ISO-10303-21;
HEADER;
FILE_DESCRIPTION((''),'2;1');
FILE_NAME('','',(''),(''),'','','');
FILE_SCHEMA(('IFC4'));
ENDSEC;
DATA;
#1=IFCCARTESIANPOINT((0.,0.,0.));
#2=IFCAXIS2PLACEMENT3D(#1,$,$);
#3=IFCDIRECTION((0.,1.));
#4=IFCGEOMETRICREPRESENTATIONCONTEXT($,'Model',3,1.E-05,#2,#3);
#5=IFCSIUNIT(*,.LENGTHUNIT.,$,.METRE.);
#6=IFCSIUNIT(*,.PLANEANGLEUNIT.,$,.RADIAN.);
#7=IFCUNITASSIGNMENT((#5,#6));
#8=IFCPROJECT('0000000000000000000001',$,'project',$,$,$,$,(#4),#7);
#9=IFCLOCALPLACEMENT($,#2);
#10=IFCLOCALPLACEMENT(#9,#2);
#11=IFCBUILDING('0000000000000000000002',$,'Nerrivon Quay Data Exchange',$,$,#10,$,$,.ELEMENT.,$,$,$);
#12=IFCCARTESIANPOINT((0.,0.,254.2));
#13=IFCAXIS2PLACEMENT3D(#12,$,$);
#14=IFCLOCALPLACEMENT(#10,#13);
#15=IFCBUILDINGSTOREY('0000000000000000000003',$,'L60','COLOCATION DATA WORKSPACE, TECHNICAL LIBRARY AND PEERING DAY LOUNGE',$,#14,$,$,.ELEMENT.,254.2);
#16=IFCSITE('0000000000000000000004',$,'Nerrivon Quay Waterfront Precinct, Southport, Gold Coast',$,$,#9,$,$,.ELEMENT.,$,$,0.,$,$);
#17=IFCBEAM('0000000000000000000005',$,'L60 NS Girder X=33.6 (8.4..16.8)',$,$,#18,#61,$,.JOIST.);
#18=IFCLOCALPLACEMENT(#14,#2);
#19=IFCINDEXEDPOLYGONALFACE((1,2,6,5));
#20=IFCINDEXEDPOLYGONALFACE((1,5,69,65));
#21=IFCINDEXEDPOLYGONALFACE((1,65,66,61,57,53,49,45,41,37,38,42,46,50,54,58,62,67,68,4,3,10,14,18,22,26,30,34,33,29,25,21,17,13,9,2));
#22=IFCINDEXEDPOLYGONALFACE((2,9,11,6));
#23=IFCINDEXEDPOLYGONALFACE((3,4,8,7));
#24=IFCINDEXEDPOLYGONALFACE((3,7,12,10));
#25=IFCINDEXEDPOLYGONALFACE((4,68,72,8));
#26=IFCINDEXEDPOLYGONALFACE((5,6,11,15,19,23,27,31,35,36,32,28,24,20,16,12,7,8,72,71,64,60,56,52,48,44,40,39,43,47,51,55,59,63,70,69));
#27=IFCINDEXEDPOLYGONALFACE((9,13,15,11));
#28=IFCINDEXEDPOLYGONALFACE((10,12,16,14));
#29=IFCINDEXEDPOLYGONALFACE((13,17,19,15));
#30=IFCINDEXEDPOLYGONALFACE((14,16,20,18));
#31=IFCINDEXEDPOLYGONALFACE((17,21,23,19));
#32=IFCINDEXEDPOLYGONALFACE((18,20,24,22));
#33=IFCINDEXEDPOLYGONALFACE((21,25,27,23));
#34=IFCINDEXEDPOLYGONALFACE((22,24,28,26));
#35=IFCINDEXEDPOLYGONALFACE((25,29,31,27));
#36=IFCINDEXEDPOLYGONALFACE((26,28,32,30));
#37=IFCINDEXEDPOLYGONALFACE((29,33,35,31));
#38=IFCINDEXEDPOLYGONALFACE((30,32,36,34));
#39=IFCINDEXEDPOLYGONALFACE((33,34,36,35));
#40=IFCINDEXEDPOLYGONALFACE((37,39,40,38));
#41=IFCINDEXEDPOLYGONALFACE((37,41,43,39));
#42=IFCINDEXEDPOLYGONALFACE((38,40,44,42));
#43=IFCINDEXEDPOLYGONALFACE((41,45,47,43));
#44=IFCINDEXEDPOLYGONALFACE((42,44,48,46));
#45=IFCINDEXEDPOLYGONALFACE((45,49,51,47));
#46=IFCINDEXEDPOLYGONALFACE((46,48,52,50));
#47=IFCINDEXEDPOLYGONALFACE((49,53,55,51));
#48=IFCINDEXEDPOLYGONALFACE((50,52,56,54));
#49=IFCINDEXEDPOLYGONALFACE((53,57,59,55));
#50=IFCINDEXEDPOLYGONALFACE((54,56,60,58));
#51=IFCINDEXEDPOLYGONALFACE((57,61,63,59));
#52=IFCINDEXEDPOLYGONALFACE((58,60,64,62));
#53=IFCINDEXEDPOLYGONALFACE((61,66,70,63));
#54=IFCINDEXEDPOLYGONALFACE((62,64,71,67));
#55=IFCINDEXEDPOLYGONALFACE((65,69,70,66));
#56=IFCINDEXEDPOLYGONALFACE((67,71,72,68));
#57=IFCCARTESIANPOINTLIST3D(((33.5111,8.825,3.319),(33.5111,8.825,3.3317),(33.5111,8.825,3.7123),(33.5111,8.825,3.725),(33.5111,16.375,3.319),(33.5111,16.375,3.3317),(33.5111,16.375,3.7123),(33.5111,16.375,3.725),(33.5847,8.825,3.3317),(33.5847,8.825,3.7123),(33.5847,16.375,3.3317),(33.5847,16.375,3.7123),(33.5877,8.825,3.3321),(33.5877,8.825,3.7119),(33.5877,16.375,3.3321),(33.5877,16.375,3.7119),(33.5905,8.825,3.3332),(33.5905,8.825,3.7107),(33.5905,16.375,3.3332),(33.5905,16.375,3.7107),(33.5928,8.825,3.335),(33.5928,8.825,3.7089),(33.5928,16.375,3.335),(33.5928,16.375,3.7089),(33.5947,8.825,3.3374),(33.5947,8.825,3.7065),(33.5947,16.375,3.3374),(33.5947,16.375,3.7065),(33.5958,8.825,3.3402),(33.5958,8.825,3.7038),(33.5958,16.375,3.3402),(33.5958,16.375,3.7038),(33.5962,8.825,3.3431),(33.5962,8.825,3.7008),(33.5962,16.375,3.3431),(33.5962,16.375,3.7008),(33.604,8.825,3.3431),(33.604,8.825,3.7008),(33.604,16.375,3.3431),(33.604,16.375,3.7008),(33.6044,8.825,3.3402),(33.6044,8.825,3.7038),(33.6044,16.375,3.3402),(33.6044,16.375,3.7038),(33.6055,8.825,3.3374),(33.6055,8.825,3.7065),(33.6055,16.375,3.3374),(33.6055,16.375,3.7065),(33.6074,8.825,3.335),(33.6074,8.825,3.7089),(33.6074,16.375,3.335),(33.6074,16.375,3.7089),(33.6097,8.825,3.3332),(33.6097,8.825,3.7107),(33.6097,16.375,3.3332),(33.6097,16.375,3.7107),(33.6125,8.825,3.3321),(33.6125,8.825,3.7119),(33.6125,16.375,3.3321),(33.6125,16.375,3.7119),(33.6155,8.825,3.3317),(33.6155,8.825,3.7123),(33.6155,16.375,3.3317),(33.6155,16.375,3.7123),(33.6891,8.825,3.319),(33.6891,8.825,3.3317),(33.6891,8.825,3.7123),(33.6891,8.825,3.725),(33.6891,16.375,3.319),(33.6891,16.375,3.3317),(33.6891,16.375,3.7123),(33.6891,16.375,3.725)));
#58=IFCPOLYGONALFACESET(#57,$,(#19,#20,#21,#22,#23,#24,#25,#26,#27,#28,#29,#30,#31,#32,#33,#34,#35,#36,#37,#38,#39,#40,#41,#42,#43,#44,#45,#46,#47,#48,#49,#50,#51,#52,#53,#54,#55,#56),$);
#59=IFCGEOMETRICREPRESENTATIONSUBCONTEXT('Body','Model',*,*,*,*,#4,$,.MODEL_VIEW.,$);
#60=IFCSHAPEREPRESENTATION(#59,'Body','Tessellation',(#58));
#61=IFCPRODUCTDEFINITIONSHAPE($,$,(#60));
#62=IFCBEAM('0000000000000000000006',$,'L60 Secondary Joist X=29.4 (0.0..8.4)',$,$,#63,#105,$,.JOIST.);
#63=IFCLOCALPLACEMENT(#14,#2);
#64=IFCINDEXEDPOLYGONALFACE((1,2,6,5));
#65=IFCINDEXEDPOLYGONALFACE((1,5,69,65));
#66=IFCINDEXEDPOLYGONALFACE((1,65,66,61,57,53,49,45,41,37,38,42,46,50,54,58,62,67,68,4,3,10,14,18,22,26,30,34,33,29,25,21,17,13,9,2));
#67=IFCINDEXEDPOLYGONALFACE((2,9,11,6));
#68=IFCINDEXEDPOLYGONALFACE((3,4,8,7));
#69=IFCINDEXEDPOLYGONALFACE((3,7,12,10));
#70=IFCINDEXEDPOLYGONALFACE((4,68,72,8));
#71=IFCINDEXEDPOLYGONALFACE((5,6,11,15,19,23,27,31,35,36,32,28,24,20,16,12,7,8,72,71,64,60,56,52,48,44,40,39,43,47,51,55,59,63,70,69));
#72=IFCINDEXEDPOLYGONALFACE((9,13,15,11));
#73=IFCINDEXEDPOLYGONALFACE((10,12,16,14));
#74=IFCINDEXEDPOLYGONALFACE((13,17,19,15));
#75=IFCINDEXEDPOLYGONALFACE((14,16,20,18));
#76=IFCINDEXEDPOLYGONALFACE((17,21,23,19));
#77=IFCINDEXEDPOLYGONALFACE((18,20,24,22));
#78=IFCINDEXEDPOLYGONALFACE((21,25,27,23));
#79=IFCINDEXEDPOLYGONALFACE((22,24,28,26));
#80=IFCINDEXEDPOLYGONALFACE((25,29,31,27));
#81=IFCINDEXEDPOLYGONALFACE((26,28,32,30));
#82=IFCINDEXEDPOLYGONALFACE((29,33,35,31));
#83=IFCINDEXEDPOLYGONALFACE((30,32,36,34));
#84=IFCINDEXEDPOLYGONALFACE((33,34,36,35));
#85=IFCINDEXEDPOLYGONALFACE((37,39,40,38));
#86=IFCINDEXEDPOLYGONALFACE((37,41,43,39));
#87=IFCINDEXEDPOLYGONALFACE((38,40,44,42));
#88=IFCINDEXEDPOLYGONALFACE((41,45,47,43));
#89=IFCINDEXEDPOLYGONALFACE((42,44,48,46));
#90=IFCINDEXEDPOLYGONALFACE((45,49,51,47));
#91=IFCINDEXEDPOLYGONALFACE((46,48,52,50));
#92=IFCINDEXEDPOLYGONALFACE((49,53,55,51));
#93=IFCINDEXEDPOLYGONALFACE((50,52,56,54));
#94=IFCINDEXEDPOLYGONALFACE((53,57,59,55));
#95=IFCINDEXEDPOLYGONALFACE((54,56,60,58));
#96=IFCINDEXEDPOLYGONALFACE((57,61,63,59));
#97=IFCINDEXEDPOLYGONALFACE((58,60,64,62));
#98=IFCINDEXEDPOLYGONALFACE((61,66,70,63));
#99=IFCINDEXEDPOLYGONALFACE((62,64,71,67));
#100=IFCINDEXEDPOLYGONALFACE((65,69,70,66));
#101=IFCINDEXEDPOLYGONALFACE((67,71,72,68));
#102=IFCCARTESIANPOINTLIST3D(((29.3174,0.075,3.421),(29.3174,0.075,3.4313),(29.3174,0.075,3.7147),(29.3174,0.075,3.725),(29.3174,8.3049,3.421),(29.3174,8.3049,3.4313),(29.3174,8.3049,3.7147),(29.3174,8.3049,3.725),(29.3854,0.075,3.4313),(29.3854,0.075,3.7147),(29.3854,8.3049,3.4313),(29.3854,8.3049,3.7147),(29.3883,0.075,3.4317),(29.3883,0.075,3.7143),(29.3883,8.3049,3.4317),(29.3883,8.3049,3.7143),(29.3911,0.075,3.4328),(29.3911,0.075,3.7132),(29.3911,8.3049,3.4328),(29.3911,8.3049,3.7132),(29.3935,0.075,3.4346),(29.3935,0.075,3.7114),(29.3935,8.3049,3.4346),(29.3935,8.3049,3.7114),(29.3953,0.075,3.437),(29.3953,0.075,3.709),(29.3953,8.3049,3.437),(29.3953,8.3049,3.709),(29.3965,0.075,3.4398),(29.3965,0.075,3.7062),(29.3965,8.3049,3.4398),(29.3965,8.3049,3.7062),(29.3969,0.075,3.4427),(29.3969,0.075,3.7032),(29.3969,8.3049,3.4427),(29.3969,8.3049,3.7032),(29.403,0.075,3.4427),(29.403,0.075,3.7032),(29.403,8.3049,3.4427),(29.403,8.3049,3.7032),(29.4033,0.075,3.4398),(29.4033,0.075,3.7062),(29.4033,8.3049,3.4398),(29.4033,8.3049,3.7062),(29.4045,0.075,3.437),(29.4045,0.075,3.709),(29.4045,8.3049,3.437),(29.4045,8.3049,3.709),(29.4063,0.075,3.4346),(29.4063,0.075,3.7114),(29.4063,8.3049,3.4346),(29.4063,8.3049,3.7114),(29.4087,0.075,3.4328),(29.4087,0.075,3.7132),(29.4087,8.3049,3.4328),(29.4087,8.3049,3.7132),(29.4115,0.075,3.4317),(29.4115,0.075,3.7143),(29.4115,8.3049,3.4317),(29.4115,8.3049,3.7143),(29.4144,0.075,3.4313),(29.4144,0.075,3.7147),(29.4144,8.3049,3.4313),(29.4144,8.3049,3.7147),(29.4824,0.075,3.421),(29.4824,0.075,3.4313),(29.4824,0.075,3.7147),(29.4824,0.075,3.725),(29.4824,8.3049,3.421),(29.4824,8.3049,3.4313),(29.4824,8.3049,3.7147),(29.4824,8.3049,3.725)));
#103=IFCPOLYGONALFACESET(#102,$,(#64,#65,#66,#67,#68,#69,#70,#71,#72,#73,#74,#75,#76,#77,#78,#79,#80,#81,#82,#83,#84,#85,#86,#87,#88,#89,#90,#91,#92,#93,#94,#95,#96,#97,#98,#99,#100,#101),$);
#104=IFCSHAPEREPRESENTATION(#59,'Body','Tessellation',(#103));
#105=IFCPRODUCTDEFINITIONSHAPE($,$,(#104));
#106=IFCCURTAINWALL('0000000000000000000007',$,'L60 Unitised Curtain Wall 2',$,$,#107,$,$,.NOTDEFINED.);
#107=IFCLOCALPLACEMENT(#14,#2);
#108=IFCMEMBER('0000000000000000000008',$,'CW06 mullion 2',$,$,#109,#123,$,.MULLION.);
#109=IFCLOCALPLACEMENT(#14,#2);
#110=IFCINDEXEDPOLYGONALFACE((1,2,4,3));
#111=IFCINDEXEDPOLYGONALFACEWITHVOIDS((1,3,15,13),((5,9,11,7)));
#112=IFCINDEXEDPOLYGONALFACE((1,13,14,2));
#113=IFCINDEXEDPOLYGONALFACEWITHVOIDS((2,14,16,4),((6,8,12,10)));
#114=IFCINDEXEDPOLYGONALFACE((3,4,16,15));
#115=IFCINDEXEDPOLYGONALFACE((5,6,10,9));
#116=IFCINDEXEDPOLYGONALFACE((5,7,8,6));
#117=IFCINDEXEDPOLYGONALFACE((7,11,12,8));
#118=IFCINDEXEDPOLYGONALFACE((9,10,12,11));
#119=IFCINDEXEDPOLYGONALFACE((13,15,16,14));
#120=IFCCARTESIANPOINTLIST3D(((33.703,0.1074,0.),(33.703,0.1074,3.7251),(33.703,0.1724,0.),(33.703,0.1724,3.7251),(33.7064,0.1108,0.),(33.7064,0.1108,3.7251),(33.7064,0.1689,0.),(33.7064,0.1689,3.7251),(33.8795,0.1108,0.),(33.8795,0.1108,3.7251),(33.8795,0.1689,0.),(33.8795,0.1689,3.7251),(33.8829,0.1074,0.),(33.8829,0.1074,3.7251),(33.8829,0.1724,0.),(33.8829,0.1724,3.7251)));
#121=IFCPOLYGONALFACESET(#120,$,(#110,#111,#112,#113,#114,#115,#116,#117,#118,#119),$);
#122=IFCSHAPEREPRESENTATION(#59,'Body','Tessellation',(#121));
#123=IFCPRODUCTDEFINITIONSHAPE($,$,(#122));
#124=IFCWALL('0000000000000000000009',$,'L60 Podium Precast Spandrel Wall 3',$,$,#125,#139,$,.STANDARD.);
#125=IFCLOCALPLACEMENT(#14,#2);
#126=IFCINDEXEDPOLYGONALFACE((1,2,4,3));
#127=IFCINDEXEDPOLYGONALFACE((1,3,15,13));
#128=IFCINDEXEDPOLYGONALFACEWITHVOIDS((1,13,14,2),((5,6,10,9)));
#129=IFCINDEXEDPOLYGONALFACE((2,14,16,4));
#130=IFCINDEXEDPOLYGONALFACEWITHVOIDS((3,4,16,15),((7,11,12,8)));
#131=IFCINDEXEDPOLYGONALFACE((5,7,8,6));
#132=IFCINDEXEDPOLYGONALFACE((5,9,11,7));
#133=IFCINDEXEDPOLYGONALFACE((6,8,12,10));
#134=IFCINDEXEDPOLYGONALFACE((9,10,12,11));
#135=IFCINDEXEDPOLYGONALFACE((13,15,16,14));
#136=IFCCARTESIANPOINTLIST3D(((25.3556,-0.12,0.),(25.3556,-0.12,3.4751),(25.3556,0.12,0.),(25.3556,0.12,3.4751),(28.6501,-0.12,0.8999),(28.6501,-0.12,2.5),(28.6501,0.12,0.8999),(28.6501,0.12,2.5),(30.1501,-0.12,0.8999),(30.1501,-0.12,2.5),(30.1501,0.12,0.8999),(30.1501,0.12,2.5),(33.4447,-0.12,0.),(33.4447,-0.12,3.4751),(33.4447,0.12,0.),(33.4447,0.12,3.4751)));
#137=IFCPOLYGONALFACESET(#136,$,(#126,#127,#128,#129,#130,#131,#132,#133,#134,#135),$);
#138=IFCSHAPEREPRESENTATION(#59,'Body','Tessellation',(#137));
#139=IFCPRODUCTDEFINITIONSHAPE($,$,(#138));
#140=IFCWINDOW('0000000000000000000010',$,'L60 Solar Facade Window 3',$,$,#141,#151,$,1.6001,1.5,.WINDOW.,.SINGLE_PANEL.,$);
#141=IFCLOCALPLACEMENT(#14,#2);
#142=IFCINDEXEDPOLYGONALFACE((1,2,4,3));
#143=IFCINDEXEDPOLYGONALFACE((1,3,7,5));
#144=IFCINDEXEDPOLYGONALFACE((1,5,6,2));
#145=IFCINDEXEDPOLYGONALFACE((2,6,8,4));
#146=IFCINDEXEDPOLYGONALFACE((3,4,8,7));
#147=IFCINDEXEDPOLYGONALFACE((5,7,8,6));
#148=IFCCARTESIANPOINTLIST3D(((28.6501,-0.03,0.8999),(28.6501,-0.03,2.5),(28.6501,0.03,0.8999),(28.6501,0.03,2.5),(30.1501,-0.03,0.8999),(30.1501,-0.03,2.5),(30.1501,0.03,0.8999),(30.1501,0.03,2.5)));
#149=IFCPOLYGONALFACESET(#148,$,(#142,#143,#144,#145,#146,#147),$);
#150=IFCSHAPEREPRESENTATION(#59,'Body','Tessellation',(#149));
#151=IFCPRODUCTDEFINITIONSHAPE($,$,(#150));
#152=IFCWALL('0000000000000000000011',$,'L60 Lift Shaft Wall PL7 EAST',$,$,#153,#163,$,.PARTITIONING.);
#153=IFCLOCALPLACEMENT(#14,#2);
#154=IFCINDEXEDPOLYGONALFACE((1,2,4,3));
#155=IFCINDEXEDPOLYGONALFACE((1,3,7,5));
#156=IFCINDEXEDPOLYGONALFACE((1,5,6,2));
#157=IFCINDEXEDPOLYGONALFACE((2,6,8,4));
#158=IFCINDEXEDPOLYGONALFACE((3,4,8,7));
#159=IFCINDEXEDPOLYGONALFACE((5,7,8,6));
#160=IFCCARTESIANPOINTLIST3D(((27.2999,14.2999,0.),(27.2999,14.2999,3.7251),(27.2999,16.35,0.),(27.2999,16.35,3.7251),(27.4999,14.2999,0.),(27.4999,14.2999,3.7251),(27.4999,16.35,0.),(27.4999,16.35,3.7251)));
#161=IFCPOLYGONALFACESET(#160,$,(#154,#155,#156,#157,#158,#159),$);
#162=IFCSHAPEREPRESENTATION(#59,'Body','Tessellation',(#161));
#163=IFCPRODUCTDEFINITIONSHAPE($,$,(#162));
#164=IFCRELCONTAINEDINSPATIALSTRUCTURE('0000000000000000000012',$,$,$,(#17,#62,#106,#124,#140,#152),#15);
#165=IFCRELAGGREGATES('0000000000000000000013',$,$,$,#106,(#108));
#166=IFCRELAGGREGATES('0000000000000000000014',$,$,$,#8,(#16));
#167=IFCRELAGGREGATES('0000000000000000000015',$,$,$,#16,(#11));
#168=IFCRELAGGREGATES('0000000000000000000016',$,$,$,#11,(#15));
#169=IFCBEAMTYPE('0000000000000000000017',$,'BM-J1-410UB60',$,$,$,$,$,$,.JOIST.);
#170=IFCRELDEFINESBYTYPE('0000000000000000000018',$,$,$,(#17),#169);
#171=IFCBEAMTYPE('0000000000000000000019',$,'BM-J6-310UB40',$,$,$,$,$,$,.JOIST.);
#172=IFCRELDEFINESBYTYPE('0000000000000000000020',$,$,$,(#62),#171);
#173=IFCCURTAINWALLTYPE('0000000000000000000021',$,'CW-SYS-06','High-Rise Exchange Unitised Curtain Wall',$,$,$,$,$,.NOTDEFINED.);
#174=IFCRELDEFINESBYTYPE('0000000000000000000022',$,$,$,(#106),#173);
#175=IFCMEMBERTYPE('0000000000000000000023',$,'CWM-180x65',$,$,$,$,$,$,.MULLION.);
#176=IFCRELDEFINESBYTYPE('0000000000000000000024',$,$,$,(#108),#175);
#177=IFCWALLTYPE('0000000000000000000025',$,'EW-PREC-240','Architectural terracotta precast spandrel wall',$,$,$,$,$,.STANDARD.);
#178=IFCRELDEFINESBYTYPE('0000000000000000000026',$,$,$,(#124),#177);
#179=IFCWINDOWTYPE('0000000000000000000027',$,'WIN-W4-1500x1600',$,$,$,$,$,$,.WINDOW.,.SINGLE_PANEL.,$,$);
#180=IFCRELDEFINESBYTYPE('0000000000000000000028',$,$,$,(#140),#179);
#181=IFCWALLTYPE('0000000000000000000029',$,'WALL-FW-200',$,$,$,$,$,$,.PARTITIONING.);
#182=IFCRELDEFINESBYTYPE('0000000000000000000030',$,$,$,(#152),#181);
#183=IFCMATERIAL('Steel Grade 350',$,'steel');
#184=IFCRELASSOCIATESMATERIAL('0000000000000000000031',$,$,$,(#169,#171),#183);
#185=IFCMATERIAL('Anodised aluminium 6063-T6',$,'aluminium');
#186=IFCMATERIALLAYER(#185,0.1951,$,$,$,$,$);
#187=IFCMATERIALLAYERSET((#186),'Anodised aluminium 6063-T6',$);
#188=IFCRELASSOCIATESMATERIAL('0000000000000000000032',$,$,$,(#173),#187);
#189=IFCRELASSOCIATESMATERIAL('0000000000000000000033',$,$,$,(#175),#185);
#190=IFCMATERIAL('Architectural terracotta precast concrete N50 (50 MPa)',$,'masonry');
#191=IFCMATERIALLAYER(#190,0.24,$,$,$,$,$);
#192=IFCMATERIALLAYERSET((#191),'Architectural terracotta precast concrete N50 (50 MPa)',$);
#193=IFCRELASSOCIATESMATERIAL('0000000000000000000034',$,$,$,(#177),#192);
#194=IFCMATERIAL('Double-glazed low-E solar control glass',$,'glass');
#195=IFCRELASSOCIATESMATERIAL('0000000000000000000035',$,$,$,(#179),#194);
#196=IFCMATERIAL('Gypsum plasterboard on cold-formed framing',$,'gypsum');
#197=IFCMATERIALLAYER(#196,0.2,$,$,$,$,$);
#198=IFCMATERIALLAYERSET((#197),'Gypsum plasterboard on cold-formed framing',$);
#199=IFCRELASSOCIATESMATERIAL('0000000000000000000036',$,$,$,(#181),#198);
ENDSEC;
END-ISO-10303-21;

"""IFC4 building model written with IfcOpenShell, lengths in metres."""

from ifc_helpers import new_model, si_unit, direction, frame, frame_2d, origin, origin_2d, place, context, subcontext, project, spatial, rectangle, hollow_rectangle, i_section, extrude, material, layer, layer_set, material_profile, profile_set, type_object, element, fill, aggregate, save


model = new_model("IFC4")

# Units and contexts
model_context = context("Model", 3, precision=1e-05, world=origin(), true_north=direction((0.0, 1.0)))
body_context = subcontext(model_context, "Body", "Model", "MODEL_VIEW")
ifc_project = project(units=[si_unit("LENGTHUNIT", "METRE"), si_unit("PLANEANGLEUNIT", "RADIAN")], contexts=[model_context])

# Site, building, storey
site_placement = place(None, origin())
site = spatial("IfcSite", under=ifc_project, at=site_placement, Name="Nerrivon Quay Waterfront Precinct, Southport, Gold Coast", CompositionType="ELEMENT", RefElevation=0.0)
building_placement = place(site_placement, origin())
building = spatial("IfcBuilding", under=site, at=building_placement, Name="Nerrivon Quay Data Exchange", CompositionType="ELEMENT")
storey_placement = place(building_placement, frame((0.0, 0.0, 254.2)))
storey = spatial("IfcBuildingStorey", under=building, at=storey_placement, Name="L60", Description="COLOCATION DATA WORKSPACE, TECHNICAL LIBRARY AND PEERING DAY LOUNGE", CompositionType="ELEMENT", Elevation=254.2)

# Shared definitions
ifc_material_1 = material(Name="Steel Grade 350", Category="steel")

# Beams
ifc_material_profile_1 = material_profile(ifc_material_1, i_section(OverallWidth=0.178, OverallDepth=0.406, WebThickness=0.0078, FlangeThickness=0.0127, FilletRadius=0.0115, at=origin_2d()), Name="410UB59.7")
ifc_profile_set_1 = profile_set([ifc_material_profile_1], Name="Steel Grade 350")
beam_type_1 = type_object("IfcBeamType", Name="BM-J1-410UB60", PredefinedType="JOIST", material=ifc_profile_set_1)
beam_1_placement = place(storey_placement, frame((33.6001, 8.825, 3.522), z_axis=(0.0, 1.0, 0.0), x_axis=(-1.0, 0.0, 0.0)))
element("IfcBeam", 1, at=beam_1_placement, inside=storey, type_object=beam_type_1, Name="L60 NS Girder X=33.6 (8.4..16.8)", PredefinedType="JOIST", context=body_context, shape_type="SweptSolid", body=[
    extrude(i_section(OverallWidth=0.178, OverallDepth=0.406, WebThickness=0.0078, FlangeThickness=0.0127, FilletRadius=0.0115, at=origin_2d()), origin(), (0.0, 0.0, 1.0), 7.55),
])
ifc_material_profile_2 = material_profile(ifc_material_1, i_section(OverallWidth=0.165, OverallDepth=0.304, WebThickness=0.0061, FlangeThickness=0.0103, FilletRadius=0.0115, at=origin_2d()), Name="310UB40.4")
ifc_profile_set_2 = profile_set([ifc_material_profile_2], Name="Steel Grade 350")
beam_type_2 = type_object("IfcBeamType", Name="BM-J6-310UB40", PredefinedType="JOIST", material=ifc_profile_set_2)
beam_2_placement = place(storey_placement, frame((29.3999, 0.075, 3.573), z_axis=(0.0, 1.0, 0.0), x_axis=(-1.0, 0.0, 0.0)))
element("IfcBeam", 2, at=beam_2_placement, inside=storey, type_object=beam_type_2, Name="L60 Secondary Joist X=29.4 (0.0..8.4)", PredefinedType="JOIST", context=body_context, shape_type="SweptSolid", body=[
    extrude(i_section(OverallWidth=0.165, OverallDepth=0.304, WebThickness=0.0061, FlangeThickness=0.0103, FilletRadius=0.0115, at=origin_2d()), origin(), (0.0, 0.0, 1.0), 8.23),
])

# Curtain wall, member
ifc_material_2 = material(Name="Anodised aluminium 6063-T6", Category="aluminium")
ifc_layer_1 = layer(ifc_material_2, 0.1951)
ifc_layer_set_1 = layer_set([ifc_layer_1], Name="Anodised aluminium 6063-T6")
curtain_wall_type = type_object("IfcCurtainWallType", Name="CW-SYS-06", Description="High-Rise Exchange Unitised Curtain Wall", PredefinedType="NOTDEFINED", material=ifc_layer_set_1)
curtain_wall_placement = place(storey_placement, origin())
curtain_wall = element("IfcCurtainWall", 3, at=curtain_wall_placement, inside=storey, type_object=curtain_wall_type, Name="L60 Unitised Curtain Wall 2", PredefinedType="NOTDEFINED")
ifc_material_profile_3 = material_profile(ifc_material_2, hollow_rectangle(XDim=0.0649, YDim=0.1799, WallThickness=0.0034, at=origin_2d()), Name="ALU-MULL-180x65")
ifc_profile_set_3 = profile_set([ifc_material_profile_3], Name="Anodised aluminium 6063-T6")
member_type = type_object("IfcMemberType", Name="CWM-180x65", PredefinedType="MULLION", material=ifc_profile_set_3)
member_placement = place(storey_placement, frame((33.793, 0.1399, 0.0), z_axis=(0.0, 0.0, 1.0), x_axis=(0.0, -1.0, 0.0)))
member = element("IfcMember", 4, at=member_placement, type_object=member_type, Name="CW06 mullion 2", PredefinedType="MULLION", context=body_context, shape_type="SweptSolid", body=[
    extrude(hollow_rectangle(XDim=0.0649, YDim=0.1799, WallThickness=0.0034, at=origin_2d()), origin(), (0.0, 0.0, 1.0), 3.7251),
])
aggregate(curtain_wall, [member])

# Wall, opening, window
ifc_material_3 = material(Name="Architectural terracotta precast concrete N50 (50 MPa)", Category="masonry")
ifc_layer_2 = layer(ifc_material_3, 0.24)
ifc_layer_set_2 = layer_set([ifc_layer_2], Name="Architectural terracotta precast concrete N50 (50 MPa)")
wall_type_1 = type_object("IfcWallType", Name="EW-PREC-240", Description="Architectural terracotta precast spandrel wall", PredefinedType="STANDARD", material=ifc_layer_set_2)
wall_1_placement = place(storey_placement, frame((33.4446, 0.0, 0.0), z_axis=(0.0, 0.0, 1.0), x_axis=(-1.0, 0.0, 0.0)))
wall_1 = element("IfcWall", 5, at=wall_1_placement, inside=storey, type_object=wall_type_1, Name="L60 Podium Precast Spandrel Wall 3", PredefinedType="STANDARD", context=body_context, shape_type="SweptSolid", body=[
    extrude(rectangle(XDim=8.0891, YDim=0.24, at=frame_2d((4.0444, 0.0))), origin(), (0.0, 0.0, 1.0), 3.4751),
])
opening_1_placement = place(wall_1_placement, frame((3.2944, 0.0, 0.8999)))
opening_1 = element("IfcOpeningElement", 6, at=opening_1_placement, cuts=wall_1, PredefinedType="OPENING", context=body_context, shape_type="SweptSolid", body=[
    extrude(rectangle(XDim=1.5, YDim=1.6001, at=frame_2d((0.75, 0.8))), frame((0.0, 0.1299, 0.0), z_axis=(0.0, -1.0, 0.0), x_axis=(1.0, 0.0, 0.0)), (0.0, 0.0, 1.0), 0.26),
])
ifc_material_4 = material(Name="Double-glazed low-E solar control glass", Category="glass")
window_type = type_object("IfcWindowType", Name="WIN-W4-1500x1600", PartitioningType="SINGLE_PANEL", PredefinedType="WINDOW", material=ifc_material_4)
window_placement = place(opening_1_placement, origin())
window = element("IfcWindow", 7, at=window_placement, inside=storey, type_object=window_type, Name="L60 Solar Facade Window 3", OverallHeight=1.6001, OverallWidth=1.5, PartitioningType="SINGLE_PANEL", PredefinedType="WINDOW", context=body_context, shape_type="SweptSolid", body=[
    extrude(rectangle(XDim=1.5, YDim=1.6001, at=frame_2d((0.75, 0.8))), frame((0.0, 0.03, 0.0), z_axis=(0.0, -1.0, 0.0), x_axis=(1.0, 0.0, 0.0)), (0.0, 0.0, 1.0), 0.0601),
])
fill(opening_1, window)

# Wall
ifc_material_5 = material(Name="Gypsum plasterboard on cold-formed framing", Category="gypsum")
ifc_layer_3 = layer(ifc_material_5, 0.2)
ifc_layer_set_3 = layer_set([ifc_layer_3], Name="Gypsum plasterboard on cold-formed framing")
wall_type_2 = type_object("IfcWallType", Name="WALL-FW-200", PredefinedType="PARTITIONING", material=ifc_layer_set_3)
wall_2_placement = place(storey_placement, frame((27.3999, 14.3, 0.0), z_axis=(0.0, 0.0, 1.0), x_axis=(0.0, 1.0, 0.0)))
element("IfcWall", 8, at=wall_2_placement, inside=storey, type_object=wall_type_2, Name="L60 Lift Shaft Wall PL7 EAST", PredefinedType="PARTITIONING", context=body_context, shape_type="SweptSolid", body=[
    extrude(rectangle(XDim=2.05, YDim=0.2, at=frame_2d((1.0249, 0.0))), origin(), (0.0, 0.0, 1.0), 3.7251),
])

save(model, "model.ifc")
